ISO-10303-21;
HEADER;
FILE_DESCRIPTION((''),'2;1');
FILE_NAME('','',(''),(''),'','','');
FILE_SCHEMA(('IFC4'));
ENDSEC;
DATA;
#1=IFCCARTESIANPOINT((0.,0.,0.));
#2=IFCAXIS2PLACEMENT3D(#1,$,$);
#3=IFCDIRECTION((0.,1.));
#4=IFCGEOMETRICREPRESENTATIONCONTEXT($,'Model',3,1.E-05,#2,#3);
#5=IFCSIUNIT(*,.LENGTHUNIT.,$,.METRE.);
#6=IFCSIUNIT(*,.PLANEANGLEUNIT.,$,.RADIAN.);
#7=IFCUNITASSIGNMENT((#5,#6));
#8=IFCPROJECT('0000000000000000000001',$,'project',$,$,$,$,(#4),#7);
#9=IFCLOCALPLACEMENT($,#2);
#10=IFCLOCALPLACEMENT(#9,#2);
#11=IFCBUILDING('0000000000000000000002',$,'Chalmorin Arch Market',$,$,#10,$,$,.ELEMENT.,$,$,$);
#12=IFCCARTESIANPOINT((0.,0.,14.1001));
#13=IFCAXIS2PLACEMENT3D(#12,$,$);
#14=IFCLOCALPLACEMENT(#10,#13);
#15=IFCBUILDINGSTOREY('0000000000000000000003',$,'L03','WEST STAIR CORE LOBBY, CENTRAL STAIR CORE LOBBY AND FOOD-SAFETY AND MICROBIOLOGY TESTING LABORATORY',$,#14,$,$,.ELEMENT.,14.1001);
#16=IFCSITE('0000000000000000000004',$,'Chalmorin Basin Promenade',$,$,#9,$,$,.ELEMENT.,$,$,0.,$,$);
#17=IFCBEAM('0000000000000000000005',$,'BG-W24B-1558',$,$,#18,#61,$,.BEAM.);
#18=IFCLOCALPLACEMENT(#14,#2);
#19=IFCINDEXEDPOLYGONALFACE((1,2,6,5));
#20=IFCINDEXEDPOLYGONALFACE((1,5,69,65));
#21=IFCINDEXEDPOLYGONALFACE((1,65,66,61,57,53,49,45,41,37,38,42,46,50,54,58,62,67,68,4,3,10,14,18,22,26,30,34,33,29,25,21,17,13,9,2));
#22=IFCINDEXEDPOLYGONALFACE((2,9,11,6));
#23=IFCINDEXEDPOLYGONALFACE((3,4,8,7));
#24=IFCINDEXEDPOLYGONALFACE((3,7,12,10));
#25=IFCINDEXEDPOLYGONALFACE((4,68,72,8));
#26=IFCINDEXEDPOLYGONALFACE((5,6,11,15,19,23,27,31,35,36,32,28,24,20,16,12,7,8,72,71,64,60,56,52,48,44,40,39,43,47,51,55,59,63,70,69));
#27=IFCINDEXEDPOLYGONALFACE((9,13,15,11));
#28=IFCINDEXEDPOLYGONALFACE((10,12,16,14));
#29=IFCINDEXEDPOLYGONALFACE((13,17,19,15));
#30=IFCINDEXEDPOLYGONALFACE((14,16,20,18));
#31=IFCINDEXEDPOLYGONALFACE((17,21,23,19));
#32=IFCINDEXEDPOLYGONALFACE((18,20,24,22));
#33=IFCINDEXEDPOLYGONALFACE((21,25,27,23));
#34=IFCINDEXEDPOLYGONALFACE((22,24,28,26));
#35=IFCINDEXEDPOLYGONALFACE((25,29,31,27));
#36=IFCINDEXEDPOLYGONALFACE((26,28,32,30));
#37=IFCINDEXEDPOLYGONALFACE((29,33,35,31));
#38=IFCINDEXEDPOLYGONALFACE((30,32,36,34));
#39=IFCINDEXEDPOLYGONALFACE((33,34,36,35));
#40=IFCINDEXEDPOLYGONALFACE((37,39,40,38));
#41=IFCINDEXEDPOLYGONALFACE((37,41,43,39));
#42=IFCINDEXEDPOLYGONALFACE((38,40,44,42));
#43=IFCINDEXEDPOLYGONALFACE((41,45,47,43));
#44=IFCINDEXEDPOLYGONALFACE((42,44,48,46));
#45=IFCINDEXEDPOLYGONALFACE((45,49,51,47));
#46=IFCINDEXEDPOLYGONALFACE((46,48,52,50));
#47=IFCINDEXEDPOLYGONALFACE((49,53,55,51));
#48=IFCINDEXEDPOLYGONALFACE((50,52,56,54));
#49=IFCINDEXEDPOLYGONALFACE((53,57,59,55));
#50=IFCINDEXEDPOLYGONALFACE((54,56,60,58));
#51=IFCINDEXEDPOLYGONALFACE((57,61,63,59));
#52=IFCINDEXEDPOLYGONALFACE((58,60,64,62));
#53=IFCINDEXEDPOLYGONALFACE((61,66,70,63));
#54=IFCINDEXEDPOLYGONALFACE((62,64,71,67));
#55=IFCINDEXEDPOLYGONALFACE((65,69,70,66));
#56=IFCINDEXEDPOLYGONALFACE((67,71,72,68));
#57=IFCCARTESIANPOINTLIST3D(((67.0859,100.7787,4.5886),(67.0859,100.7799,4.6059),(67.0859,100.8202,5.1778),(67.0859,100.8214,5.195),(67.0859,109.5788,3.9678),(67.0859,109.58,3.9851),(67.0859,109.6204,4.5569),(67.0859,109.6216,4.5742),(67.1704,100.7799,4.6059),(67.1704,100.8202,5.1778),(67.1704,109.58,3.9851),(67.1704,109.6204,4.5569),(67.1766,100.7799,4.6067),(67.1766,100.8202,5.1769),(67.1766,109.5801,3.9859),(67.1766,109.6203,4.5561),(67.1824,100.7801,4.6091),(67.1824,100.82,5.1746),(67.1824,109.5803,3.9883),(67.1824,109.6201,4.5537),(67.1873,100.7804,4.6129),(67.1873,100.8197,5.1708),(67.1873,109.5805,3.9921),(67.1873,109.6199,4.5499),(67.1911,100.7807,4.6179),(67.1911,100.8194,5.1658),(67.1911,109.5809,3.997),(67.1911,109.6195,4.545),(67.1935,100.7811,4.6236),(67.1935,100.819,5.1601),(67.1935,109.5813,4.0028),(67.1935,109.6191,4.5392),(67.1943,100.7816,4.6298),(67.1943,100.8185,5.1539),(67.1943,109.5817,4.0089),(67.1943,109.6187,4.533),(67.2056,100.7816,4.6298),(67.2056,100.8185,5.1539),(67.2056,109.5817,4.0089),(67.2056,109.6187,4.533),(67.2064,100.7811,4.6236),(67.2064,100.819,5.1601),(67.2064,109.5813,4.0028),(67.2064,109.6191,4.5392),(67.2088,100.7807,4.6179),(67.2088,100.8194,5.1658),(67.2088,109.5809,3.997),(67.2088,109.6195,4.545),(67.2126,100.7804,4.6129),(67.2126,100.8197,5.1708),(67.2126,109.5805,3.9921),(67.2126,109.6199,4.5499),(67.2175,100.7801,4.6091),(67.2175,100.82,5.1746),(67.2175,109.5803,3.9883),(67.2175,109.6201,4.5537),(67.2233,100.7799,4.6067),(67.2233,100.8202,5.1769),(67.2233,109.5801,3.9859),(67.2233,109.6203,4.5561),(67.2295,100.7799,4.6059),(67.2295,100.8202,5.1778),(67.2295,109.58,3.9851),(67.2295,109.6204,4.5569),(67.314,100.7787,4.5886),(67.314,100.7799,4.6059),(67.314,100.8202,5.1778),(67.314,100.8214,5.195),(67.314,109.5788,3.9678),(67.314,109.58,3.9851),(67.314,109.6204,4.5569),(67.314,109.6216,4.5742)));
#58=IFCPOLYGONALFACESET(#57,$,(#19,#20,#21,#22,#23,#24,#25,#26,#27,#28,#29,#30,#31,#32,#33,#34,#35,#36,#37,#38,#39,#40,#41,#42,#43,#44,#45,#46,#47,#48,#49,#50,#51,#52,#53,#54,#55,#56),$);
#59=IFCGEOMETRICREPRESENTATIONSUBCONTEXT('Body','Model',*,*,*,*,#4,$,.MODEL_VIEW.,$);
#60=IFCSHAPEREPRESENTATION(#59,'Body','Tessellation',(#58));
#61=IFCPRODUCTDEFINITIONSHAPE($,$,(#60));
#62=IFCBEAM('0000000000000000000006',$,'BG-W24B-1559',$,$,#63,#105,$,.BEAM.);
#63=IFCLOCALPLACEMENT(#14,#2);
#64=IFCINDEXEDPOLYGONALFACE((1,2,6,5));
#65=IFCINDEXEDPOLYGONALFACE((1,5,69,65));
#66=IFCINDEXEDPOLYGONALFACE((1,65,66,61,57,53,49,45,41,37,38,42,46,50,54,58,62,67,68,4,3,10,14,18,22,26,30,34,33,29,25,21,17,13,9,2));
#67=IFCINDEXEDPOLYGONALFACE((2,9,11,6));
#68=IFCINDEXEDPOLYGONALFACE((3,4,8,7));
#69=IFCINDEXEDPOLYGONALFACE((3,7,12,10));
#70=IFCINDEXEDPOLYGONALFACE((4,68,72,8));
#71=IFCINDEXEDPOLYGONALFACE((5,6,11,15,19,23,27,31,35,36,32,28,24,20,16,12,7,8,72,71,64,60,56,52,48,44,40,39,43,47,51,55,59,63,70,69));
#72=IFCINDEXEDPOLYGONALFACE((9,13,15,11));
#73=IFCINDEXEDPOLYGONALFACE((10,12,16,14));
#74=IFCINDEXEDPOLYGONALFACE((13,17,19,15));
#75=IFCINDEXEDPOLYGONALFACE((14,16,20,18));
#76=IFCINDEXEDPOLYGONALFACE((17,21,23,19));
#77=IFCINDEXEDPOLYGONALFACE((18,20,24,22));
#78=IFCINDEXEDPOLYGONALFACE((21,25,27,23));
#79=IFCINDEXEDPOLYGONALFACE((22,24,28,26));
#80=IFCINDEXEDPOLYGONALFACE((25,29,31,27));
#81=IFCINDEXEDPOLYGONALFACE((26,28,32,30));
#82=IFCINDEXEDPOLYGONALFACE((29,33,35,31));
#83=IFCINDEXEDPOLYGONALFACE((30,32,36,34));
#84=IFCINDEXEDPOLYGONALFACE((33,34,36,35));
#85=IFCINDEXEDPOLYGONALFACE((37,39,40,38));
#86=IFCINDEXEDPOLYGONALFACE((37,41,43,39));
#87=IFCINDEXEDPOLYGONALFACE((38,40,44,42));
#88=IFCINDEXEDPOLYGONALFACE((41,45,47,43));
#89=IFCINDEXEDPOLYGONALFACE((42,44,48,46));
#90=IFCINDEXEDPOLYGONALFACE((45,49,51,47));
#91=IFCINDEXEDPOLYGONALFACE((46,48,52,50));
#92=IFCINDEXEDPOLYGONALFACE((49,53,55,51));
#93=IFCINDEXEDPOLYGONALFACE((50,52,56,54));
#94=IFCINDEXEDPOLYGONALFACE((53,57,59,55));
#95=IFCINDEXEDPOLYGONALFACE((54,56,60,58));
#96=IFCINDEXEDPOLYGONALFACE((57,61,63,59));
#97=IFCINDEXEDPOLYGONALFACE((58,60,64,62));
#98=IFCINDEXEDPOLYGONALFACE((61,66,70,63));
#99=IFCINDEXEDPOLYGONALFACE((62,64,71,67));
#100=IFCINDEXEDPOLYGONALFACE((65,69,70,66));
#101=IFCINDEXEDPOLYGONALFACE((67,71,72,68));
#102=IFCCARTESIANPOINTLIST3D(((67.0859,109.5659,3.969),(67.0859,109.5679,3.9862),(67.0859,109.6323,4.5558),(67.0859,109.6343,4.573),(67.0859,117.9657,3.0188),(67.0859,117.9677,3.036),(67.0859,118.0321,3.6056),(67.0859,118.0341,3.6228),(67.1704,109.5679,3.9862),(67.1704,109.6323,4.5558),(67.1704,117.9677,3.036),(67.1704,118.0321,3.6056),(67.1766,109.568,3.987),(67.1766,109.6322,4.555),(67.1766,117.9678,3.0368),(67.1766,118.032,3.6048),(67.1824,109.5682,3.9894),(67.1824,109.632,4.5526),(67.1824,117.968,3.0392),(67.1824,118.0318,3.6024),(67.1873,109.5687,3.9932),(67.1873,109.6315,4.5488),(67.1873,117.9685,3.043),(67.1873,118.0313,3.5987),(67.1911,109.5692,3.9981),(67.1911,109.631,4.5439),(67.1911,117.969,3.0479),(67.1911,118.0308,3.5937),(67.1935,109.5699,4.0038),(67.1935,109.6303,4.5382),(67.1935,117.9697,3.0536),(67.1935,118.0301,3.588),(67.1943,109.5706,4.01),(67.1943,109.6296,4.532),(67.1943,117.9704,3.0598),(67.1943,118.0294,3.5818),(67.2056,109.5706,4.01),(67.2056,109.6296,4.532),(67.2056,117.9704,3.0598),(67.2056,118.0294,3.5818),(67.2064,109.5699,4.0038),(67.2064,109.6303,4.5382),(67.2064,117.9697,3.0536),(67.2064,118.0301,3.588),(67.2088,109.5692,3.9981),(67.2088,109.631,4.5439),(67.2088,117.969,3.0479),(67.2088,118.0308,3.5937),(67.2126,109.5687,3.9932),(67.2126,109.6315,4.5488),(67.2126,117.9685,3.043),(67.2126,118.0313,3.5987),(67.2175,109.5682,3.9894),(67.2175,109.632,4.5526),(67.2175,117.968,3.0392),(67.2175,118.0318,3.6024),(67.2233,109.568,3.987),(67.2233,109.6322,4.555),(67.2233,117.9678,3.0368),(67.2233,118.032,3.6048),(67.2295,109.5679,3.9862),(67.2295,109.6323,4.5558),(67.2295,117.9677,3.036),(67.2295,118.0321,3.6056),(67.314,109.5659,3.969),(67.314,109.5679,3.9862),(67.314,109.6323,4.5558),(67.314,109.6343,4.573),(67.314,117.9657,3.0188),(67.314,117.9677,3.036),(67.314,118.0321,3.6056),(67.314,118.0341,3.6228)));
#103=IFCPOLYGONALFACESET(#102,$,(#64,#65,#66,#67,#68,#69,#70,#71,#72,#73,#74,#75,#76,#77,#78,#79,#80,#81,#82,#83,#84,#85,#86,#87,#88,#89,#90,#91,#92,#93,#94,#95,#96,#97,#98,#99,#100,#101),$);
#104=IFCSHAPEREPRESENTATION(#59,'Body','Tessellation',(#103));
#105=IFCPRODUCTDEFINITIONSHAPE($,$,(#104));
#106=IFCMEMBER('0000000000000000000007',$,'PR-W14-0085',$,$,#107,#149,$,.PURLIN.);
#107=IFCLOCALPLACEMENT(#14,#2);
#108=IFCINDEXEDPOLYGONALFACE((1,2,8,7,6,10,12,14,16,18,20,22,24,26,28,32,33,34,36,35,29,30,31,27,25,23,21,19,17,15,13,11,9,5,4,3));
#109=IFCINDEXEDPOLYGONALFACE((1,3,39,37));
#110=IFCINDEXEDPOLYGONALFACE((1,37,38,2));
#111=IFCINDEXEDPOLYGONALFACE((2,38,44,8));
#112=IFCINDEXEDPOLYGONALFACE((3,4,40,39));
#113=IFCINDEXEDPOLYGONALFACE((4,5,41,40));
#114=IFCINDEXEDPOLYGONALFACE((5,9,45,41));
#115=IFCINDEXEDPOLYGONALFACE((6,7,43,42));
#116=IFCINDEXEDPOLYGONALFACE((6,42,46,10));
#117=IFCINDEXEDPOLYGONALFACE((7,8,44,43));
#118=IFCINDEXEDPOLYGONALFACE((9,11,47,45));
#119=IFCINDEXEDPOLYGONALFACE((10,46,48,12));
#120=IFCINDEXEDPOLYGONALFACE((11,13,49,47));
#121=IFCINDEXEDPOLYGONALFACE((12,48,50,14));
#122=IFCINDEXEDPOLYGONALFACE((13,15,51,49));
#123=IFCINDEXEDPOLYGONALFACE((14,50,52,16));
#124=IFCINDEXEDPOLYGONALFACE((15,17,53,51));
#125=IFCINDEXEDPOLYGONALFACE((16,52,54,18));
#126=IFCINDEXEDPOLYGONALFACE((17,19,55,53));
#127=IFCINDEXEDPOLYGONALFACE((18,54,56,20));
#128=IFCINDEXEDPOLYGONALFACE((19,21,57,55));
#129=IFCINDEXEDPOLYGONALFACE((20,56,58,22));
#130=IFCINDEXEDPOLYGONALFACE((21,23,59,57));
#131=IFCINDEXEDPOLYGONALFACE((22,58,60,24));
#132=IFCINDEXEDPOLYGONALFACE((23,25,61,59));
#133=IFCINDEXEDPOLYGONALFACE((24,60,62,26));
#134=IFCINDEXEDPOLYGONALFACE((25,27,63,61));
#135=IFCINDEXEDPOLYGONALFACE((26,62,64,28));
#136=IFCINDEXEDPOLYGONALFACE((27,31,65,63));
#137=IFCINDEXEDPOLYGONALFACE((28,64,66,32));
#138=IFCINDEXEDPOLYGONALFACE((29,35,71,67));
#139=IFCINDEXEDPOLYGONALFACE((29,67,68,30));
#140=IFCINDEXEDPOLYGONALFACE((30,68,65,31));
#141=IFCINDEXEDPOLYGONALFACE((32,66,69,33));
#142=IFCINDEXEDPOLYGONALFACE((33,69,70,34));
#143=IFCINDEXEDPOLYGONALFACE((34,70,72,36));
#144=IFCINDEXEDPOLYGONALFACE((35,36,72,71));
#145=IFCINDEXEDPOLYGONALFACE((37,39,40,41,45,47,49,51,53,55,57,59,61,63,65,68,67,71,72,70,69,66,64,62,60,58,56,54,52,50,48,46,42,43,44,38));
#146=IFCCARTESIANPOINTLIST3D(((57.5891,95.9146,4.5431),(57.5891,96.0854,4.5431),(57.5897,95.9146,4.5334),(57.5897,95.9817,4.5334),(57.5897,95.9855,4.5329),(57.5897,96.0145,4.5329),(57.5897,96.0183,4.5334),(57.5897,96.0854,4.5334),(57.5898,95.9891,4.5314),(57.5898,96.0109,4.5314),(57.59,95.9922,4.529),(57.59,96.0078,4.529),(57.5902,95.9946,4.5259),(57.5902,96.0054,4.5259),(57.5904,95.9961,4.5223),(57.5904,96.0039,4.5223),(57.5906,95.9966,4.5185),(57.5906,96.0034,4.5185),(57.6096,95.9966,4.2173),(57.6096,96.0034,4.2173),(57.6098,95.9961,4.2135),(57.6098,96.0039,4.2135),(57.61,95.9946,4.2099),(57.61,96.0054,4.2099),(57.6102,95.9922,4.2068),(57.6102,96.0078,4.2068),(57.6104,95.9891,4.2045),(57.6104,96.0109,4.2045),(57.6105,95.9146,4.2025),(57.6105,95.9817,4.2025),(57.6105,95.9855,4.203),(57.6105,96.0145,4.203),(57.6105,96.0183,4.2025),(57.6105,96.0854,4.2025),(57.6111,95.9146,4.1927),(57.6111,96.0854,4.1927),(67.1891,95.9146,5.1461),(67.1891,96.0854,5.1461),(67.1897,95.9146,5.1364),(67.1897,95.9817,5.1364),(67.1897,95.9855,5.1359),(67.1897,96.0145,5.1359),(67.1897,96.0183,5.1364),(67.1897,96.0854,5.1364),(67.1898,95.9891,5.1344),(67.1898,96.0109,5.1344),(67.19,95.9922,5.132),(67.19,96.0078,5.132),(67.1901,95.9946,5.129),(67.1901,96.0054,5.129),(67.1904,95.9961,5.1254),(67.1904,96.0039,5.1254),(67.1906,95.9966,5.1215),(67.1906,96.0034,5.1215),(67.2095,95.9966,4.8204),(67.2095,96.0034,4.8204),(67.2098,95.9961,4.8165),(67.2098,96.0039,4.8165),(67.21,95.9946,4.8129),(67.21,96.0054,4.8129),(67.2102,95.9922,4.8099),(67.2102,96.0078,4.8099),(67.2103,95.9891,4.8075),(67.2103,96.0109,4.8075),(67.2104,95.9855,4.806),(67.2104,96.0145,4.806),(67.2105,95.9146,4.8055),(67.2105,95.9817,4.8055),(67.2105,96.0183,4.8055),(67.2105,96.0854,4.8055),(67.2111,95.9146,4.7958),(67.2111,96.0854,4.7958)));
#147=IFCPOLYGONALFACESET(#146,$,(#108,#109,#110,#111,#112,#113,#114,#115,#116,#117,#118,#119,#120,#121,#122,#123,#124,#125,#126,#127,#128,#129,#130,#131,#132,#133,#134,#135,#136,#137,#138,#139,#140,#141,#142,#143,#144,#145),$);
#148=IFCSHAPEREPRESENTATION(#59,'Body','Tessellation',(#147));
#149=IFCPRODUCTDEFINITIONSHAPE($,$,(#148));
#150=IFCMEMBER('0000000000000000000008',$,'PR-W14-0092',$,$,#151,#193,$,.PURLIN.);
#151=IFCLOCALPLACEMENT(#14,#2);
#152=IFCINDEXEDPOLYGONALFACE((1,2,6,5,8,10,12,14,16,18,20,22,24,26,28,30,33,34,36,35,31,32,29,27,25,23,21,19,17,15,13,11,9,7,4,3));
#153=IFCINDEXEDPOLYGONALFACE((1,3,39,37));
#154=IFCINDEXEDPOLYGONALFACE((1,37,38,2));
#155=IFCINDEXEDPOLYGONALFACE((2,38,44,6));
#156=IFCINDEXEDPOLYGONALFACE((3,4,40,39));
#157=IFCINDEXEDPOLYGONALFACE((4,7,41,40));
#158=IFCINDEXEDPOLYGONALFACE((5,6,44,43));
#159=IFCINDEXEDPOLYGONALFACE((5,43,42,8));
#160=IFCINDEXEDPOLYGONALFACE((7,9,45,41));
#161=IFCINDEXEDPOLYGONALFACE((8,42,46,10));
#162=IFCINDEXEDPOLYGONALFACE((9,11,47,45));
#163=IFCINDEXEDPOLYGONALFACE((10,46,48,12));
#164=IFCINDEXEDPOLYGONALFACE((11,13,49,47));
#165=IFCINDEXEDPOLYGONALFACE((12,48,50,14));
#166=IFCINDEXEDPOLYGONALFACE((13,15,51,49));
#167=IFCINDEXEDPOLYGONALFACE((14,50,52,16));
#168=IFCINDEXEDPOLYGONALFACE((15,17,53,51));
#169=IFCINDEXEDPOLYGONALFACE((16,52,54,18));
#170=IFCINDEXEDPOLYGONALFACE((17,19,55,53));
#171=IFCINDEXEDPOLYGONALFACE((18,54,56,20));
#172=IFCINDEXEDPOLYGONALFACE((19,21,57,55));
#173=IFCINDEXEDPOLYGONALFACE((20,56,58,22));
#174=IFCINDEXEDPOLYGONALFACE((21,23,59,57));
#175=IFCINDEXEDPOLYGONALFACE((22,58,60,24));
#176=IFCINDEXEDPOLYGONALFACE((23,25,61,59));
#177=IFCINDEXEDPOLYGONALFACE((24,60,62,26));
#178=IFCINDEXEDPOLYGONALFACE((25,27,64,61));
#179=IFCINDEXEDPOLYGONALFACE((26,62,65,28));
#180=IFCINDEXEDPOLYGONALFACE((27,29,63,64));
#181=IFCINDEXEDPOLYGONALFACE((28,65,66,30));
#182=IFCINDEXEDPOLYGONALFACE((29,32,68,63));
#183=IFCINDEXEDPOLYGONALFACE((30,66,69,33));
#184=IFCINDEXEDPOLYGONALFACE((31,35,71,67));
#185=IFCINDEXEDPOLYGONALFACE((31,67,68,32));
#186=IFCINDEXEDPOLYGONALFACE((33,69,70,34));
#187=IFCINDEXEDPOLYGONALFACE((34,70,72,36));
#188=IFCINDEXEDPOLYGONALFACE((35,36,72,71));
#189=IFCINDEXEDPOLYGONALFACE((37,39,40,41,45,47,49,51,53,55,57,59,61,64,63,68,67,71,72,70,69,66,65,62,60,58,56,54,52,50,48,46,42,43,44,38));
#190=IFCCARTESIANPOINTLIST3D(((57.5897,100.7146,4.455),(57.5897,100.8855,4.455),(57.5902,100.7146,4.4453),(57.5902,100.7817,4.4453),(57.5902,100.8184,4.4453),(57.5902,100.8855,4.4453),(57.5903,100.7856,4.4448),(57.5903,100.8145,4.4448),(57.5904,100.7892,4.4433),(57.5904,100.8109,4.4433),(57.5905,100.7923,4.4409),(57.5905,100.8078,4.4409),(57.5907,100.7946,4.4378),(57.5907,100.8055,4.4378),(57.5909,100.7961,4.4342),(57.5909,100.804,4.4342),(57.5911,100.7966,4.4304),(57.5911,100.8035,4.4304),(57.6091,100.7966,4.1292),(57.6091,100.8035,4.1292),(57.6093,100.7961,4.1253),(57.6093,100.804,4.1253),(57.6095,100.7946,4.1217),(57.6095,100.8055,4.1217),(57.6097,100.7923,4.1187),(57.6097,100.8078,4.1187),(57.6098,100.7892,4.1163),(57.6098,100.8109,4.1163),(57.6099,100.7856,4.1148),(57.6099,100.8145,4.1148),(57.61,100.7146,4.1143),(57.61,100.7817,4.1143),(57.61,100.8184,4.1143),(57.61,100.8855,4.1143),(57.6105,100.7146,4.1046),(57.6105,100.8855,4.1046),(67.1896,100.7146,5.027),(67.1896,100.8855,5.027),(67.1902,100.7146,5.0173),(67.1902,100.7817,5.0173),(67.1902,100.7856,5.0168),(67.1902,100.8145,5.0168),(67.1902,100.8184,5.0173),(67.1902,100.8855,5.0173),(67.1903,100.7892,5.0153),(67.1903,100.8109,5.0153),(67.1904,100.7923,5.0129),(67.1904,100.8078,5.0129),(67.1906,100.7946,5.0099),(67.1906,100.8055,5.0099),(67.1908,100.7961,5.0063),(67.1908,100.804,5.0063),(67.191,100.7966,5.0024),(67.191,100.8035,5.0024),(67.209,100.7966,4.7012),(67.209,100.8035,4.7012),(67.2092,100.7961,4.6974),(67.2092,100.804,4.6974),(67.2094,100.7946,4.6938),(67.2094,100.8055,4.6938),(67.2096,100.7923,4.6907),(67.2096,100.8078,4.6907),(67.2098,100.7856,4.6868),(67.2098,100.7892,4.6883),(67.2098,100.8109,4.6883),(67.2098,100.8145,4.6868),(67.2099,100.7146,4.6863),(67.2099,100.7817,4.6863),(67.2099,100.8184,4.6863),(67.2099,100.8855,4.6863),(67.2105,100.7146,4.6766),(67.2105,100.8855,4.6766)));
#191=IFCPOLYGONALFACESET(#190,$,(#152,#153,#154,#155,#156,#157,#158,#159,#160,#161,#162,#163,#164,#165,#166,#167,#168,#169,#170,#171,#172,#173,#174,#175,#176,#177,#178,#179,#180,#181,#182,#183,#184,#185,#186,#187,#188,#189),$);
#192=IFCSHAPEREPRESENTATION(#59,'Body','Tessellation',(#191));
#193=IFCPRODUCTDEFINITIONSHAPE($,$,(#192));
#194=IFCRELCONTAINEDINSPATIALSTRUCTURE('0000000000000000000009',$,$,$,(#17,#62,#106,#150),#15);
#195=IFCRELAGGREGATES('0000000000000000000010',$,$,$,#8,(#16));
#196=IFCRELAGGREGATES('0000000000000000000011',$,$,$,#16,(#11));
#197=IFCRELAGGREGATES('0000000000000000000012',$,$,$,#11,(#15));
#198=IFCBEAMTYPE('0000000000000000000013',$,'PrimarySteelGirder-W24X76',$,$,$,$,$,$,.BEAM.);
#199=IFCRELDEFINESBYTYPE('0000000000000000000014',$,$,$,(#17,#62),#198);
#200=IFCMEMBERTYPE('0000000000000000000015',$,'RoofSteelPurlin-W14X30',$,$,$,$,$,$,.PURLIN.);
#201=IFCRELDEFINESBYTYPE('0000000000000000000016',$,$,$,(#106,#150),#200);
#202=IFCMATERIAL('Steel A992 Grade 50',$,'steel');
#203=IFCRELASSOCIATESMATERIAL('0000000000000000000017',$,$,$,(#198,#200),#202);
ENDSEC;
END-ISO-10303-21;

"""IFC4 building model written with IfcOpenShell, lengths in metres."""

from ifc_helpers import new_model, si_unit, direction, frame, origin, origin_2d, place, context, subcontext, project, spatial, i_section, extrude, material, material_profile, profile_set, type_object, element, save


model = new_model("IFC4")

# Units and contexts
model_context = context("Model", 3, precision=1e-05, world=origin(), true_north=direction((0.0, 1.0)))
body_context = subcontext(model_context, "Body", "Model", "MODEL_VIEW")
ifc_project = project(units=[si_unit("LENGTHUNIT", "METRE"), si_unit("PLANEANGLEUNIT", "RADIAN")], contexts=[model_context])

# Site, building, storey
site_placement = place(None, origin())
site = spatial("IfcSite", under=ifc_project, at=site_placement, Name="Chalmorin Basin Promenade", CompositionType="ELEMENT", RefElevation=0.0)
building_placement = place(site_placement, origin())
building = spatial("IfcBuilding", under=site, at=building_placement, Name="Chalmorin Arch Market", CompositionType="ELEMENT")
storey_placement = place(building_placement, frame((0.0, 0.0, 14.1001)))
storey = spatial("IfcBuildingStorey", under=building, at=storey_placement, Name="L03", Description="WEST STAIR CORE LOBBY, CENTRAL STAIR CORE LOBBY AND FOOD-SAFETY AND MICROBIOLOGY TESTING LABORATORY", CompositionType="ELEMENT", Elevation=14.1001)

# Beams
ifc_material_1 = material(Name="Steel A992 Grade 50", Category="steel")
ifc_material_profile_1 = material_profile(ifc_material_1, i_section(OverallWidth=0.228, OverallDepth=0.6079, WebThickness=0.0112, FlangeThickness=0.0173, FilletRadius=0.0239, at=origin_2d()), Name="W24X76")
ifc_profile_set_1 = profile_set([ifc_material_profile_1], Name="Steel A992 Grade 50")
beam_type_1 = type_object("IfcBeamType", Name="PrimarySteelGirder-W24X76", PredefinedType="BEAM", material=ifc_profile_set_1)
beam_1_placement = place(storey_placement, frame((67.2, 100.8, 4.8918), z_axis=(0.0, 0.997521, -0.070376), x_axis=(-1.0, 0.0, 0.0)))
element("IfcBeam", 1, at=beam_1_placement, inside=storey, type_object=beam_type_1, Name="BG-W24B-1558", PredefinedType="BEAM", context=body_context, shape_type="SweptSolid", body=[
    extrude(i_section(OverallWidth=0.228, OverallDepth=0.6079, WebThickness=0.0112, FlangeThickness=0.0173, FilletRadius=0.0239, at=origin_2d()), origin(), (0.0, 0.0, 1.0), 8.822),
])
beam_2_placement = place(storey_placement, frame((67.2, 109.6001, 4.271), z_axis=(0.0, 0.993663, -0.112403), x_axis=(-1.0, 0.0, 0.0)))
element("IfcBeam", 2, at=beam_2_placement, inside=storey, type_object=beam_type_1, Name="BG-W24B-1559", PredefinedType="BEAM", context=body_context, shape_type="SweptSolid", body=[
    extrude(i_section(OverallWidth=0.228, OverallDepth=0.6079, WebThickness=0.0112, FlangeThickness=0.0173, FilletRadius=0.0239, at=origin_2d()), origin(), (0.0, 0.0, 1.0), 8.4534),
])

# Members
ifc_material_profile_2 = material_profile(ifc_material_1, i_section(OverallWidth=0.1709, OverallDepth=0.3511, WebThickness=0.0068, FlangeThickness=0.0098, FilletRadius=0.0149, at=origin_2d()), Name="W14X30")
ifc_profile_set_2 = profile_set([ifc_material_profile_2], Name="Steel A992 Grade 50")
member_type_1 = type_object("IfcMemberType", Name="RoofSteelPurlin-W14X30", PredefinedType="PURLIN", material=ifc_profile_set_2)
member_1_placement = place(storey_placement, frame((57.6001, 96.0, 4.3679), z_axis=(0.998033, 0.0, 0.062693), x_axis=(0.0, 1.0, 0.0)))
element("IfcMember", 3, at=member_1_placement, inside=storey, type_object=member_type_1, Name="PR-W14-0085", PredefinedType="PURLIN", context=body_context, shape_type="SweptSolid", body=[
    extrude(i_section(OverallWidth=0.1709, OverallDepth=0.3511, WebThickness=0.0068, FlangeThickness=0.0098, FilletRadius=0.0149, at=origin_2d()), origin(), (0.0, 0.0, 1.0), 9.6189),
])
member_2_placement = place(storey_placement, frame((57.6001, 100.8, 4.2798), z_axis=(0.998229, 0.0, 0.059481), x_axis=(0.0, 1.0, 0.0)))
element("IfcMember", 4, at=member_2_placement, inside=storey, type_object=member_type_1, Name="PR-W14-0092", PredefinedType="PURLIN", context=body_context, shape_type="SweptSolid", body=[
    extrude(i_section(OverallWidth=0.1709, OverallDepth=0.3511, WebThickness=0.0068, FlangeThickness=0.0098, FilletRadius=0.0149, at=origin_2d()), origin(), (0.0, 0.0, 1.0), 9.6169),
])

save(model, "model.ifc")
